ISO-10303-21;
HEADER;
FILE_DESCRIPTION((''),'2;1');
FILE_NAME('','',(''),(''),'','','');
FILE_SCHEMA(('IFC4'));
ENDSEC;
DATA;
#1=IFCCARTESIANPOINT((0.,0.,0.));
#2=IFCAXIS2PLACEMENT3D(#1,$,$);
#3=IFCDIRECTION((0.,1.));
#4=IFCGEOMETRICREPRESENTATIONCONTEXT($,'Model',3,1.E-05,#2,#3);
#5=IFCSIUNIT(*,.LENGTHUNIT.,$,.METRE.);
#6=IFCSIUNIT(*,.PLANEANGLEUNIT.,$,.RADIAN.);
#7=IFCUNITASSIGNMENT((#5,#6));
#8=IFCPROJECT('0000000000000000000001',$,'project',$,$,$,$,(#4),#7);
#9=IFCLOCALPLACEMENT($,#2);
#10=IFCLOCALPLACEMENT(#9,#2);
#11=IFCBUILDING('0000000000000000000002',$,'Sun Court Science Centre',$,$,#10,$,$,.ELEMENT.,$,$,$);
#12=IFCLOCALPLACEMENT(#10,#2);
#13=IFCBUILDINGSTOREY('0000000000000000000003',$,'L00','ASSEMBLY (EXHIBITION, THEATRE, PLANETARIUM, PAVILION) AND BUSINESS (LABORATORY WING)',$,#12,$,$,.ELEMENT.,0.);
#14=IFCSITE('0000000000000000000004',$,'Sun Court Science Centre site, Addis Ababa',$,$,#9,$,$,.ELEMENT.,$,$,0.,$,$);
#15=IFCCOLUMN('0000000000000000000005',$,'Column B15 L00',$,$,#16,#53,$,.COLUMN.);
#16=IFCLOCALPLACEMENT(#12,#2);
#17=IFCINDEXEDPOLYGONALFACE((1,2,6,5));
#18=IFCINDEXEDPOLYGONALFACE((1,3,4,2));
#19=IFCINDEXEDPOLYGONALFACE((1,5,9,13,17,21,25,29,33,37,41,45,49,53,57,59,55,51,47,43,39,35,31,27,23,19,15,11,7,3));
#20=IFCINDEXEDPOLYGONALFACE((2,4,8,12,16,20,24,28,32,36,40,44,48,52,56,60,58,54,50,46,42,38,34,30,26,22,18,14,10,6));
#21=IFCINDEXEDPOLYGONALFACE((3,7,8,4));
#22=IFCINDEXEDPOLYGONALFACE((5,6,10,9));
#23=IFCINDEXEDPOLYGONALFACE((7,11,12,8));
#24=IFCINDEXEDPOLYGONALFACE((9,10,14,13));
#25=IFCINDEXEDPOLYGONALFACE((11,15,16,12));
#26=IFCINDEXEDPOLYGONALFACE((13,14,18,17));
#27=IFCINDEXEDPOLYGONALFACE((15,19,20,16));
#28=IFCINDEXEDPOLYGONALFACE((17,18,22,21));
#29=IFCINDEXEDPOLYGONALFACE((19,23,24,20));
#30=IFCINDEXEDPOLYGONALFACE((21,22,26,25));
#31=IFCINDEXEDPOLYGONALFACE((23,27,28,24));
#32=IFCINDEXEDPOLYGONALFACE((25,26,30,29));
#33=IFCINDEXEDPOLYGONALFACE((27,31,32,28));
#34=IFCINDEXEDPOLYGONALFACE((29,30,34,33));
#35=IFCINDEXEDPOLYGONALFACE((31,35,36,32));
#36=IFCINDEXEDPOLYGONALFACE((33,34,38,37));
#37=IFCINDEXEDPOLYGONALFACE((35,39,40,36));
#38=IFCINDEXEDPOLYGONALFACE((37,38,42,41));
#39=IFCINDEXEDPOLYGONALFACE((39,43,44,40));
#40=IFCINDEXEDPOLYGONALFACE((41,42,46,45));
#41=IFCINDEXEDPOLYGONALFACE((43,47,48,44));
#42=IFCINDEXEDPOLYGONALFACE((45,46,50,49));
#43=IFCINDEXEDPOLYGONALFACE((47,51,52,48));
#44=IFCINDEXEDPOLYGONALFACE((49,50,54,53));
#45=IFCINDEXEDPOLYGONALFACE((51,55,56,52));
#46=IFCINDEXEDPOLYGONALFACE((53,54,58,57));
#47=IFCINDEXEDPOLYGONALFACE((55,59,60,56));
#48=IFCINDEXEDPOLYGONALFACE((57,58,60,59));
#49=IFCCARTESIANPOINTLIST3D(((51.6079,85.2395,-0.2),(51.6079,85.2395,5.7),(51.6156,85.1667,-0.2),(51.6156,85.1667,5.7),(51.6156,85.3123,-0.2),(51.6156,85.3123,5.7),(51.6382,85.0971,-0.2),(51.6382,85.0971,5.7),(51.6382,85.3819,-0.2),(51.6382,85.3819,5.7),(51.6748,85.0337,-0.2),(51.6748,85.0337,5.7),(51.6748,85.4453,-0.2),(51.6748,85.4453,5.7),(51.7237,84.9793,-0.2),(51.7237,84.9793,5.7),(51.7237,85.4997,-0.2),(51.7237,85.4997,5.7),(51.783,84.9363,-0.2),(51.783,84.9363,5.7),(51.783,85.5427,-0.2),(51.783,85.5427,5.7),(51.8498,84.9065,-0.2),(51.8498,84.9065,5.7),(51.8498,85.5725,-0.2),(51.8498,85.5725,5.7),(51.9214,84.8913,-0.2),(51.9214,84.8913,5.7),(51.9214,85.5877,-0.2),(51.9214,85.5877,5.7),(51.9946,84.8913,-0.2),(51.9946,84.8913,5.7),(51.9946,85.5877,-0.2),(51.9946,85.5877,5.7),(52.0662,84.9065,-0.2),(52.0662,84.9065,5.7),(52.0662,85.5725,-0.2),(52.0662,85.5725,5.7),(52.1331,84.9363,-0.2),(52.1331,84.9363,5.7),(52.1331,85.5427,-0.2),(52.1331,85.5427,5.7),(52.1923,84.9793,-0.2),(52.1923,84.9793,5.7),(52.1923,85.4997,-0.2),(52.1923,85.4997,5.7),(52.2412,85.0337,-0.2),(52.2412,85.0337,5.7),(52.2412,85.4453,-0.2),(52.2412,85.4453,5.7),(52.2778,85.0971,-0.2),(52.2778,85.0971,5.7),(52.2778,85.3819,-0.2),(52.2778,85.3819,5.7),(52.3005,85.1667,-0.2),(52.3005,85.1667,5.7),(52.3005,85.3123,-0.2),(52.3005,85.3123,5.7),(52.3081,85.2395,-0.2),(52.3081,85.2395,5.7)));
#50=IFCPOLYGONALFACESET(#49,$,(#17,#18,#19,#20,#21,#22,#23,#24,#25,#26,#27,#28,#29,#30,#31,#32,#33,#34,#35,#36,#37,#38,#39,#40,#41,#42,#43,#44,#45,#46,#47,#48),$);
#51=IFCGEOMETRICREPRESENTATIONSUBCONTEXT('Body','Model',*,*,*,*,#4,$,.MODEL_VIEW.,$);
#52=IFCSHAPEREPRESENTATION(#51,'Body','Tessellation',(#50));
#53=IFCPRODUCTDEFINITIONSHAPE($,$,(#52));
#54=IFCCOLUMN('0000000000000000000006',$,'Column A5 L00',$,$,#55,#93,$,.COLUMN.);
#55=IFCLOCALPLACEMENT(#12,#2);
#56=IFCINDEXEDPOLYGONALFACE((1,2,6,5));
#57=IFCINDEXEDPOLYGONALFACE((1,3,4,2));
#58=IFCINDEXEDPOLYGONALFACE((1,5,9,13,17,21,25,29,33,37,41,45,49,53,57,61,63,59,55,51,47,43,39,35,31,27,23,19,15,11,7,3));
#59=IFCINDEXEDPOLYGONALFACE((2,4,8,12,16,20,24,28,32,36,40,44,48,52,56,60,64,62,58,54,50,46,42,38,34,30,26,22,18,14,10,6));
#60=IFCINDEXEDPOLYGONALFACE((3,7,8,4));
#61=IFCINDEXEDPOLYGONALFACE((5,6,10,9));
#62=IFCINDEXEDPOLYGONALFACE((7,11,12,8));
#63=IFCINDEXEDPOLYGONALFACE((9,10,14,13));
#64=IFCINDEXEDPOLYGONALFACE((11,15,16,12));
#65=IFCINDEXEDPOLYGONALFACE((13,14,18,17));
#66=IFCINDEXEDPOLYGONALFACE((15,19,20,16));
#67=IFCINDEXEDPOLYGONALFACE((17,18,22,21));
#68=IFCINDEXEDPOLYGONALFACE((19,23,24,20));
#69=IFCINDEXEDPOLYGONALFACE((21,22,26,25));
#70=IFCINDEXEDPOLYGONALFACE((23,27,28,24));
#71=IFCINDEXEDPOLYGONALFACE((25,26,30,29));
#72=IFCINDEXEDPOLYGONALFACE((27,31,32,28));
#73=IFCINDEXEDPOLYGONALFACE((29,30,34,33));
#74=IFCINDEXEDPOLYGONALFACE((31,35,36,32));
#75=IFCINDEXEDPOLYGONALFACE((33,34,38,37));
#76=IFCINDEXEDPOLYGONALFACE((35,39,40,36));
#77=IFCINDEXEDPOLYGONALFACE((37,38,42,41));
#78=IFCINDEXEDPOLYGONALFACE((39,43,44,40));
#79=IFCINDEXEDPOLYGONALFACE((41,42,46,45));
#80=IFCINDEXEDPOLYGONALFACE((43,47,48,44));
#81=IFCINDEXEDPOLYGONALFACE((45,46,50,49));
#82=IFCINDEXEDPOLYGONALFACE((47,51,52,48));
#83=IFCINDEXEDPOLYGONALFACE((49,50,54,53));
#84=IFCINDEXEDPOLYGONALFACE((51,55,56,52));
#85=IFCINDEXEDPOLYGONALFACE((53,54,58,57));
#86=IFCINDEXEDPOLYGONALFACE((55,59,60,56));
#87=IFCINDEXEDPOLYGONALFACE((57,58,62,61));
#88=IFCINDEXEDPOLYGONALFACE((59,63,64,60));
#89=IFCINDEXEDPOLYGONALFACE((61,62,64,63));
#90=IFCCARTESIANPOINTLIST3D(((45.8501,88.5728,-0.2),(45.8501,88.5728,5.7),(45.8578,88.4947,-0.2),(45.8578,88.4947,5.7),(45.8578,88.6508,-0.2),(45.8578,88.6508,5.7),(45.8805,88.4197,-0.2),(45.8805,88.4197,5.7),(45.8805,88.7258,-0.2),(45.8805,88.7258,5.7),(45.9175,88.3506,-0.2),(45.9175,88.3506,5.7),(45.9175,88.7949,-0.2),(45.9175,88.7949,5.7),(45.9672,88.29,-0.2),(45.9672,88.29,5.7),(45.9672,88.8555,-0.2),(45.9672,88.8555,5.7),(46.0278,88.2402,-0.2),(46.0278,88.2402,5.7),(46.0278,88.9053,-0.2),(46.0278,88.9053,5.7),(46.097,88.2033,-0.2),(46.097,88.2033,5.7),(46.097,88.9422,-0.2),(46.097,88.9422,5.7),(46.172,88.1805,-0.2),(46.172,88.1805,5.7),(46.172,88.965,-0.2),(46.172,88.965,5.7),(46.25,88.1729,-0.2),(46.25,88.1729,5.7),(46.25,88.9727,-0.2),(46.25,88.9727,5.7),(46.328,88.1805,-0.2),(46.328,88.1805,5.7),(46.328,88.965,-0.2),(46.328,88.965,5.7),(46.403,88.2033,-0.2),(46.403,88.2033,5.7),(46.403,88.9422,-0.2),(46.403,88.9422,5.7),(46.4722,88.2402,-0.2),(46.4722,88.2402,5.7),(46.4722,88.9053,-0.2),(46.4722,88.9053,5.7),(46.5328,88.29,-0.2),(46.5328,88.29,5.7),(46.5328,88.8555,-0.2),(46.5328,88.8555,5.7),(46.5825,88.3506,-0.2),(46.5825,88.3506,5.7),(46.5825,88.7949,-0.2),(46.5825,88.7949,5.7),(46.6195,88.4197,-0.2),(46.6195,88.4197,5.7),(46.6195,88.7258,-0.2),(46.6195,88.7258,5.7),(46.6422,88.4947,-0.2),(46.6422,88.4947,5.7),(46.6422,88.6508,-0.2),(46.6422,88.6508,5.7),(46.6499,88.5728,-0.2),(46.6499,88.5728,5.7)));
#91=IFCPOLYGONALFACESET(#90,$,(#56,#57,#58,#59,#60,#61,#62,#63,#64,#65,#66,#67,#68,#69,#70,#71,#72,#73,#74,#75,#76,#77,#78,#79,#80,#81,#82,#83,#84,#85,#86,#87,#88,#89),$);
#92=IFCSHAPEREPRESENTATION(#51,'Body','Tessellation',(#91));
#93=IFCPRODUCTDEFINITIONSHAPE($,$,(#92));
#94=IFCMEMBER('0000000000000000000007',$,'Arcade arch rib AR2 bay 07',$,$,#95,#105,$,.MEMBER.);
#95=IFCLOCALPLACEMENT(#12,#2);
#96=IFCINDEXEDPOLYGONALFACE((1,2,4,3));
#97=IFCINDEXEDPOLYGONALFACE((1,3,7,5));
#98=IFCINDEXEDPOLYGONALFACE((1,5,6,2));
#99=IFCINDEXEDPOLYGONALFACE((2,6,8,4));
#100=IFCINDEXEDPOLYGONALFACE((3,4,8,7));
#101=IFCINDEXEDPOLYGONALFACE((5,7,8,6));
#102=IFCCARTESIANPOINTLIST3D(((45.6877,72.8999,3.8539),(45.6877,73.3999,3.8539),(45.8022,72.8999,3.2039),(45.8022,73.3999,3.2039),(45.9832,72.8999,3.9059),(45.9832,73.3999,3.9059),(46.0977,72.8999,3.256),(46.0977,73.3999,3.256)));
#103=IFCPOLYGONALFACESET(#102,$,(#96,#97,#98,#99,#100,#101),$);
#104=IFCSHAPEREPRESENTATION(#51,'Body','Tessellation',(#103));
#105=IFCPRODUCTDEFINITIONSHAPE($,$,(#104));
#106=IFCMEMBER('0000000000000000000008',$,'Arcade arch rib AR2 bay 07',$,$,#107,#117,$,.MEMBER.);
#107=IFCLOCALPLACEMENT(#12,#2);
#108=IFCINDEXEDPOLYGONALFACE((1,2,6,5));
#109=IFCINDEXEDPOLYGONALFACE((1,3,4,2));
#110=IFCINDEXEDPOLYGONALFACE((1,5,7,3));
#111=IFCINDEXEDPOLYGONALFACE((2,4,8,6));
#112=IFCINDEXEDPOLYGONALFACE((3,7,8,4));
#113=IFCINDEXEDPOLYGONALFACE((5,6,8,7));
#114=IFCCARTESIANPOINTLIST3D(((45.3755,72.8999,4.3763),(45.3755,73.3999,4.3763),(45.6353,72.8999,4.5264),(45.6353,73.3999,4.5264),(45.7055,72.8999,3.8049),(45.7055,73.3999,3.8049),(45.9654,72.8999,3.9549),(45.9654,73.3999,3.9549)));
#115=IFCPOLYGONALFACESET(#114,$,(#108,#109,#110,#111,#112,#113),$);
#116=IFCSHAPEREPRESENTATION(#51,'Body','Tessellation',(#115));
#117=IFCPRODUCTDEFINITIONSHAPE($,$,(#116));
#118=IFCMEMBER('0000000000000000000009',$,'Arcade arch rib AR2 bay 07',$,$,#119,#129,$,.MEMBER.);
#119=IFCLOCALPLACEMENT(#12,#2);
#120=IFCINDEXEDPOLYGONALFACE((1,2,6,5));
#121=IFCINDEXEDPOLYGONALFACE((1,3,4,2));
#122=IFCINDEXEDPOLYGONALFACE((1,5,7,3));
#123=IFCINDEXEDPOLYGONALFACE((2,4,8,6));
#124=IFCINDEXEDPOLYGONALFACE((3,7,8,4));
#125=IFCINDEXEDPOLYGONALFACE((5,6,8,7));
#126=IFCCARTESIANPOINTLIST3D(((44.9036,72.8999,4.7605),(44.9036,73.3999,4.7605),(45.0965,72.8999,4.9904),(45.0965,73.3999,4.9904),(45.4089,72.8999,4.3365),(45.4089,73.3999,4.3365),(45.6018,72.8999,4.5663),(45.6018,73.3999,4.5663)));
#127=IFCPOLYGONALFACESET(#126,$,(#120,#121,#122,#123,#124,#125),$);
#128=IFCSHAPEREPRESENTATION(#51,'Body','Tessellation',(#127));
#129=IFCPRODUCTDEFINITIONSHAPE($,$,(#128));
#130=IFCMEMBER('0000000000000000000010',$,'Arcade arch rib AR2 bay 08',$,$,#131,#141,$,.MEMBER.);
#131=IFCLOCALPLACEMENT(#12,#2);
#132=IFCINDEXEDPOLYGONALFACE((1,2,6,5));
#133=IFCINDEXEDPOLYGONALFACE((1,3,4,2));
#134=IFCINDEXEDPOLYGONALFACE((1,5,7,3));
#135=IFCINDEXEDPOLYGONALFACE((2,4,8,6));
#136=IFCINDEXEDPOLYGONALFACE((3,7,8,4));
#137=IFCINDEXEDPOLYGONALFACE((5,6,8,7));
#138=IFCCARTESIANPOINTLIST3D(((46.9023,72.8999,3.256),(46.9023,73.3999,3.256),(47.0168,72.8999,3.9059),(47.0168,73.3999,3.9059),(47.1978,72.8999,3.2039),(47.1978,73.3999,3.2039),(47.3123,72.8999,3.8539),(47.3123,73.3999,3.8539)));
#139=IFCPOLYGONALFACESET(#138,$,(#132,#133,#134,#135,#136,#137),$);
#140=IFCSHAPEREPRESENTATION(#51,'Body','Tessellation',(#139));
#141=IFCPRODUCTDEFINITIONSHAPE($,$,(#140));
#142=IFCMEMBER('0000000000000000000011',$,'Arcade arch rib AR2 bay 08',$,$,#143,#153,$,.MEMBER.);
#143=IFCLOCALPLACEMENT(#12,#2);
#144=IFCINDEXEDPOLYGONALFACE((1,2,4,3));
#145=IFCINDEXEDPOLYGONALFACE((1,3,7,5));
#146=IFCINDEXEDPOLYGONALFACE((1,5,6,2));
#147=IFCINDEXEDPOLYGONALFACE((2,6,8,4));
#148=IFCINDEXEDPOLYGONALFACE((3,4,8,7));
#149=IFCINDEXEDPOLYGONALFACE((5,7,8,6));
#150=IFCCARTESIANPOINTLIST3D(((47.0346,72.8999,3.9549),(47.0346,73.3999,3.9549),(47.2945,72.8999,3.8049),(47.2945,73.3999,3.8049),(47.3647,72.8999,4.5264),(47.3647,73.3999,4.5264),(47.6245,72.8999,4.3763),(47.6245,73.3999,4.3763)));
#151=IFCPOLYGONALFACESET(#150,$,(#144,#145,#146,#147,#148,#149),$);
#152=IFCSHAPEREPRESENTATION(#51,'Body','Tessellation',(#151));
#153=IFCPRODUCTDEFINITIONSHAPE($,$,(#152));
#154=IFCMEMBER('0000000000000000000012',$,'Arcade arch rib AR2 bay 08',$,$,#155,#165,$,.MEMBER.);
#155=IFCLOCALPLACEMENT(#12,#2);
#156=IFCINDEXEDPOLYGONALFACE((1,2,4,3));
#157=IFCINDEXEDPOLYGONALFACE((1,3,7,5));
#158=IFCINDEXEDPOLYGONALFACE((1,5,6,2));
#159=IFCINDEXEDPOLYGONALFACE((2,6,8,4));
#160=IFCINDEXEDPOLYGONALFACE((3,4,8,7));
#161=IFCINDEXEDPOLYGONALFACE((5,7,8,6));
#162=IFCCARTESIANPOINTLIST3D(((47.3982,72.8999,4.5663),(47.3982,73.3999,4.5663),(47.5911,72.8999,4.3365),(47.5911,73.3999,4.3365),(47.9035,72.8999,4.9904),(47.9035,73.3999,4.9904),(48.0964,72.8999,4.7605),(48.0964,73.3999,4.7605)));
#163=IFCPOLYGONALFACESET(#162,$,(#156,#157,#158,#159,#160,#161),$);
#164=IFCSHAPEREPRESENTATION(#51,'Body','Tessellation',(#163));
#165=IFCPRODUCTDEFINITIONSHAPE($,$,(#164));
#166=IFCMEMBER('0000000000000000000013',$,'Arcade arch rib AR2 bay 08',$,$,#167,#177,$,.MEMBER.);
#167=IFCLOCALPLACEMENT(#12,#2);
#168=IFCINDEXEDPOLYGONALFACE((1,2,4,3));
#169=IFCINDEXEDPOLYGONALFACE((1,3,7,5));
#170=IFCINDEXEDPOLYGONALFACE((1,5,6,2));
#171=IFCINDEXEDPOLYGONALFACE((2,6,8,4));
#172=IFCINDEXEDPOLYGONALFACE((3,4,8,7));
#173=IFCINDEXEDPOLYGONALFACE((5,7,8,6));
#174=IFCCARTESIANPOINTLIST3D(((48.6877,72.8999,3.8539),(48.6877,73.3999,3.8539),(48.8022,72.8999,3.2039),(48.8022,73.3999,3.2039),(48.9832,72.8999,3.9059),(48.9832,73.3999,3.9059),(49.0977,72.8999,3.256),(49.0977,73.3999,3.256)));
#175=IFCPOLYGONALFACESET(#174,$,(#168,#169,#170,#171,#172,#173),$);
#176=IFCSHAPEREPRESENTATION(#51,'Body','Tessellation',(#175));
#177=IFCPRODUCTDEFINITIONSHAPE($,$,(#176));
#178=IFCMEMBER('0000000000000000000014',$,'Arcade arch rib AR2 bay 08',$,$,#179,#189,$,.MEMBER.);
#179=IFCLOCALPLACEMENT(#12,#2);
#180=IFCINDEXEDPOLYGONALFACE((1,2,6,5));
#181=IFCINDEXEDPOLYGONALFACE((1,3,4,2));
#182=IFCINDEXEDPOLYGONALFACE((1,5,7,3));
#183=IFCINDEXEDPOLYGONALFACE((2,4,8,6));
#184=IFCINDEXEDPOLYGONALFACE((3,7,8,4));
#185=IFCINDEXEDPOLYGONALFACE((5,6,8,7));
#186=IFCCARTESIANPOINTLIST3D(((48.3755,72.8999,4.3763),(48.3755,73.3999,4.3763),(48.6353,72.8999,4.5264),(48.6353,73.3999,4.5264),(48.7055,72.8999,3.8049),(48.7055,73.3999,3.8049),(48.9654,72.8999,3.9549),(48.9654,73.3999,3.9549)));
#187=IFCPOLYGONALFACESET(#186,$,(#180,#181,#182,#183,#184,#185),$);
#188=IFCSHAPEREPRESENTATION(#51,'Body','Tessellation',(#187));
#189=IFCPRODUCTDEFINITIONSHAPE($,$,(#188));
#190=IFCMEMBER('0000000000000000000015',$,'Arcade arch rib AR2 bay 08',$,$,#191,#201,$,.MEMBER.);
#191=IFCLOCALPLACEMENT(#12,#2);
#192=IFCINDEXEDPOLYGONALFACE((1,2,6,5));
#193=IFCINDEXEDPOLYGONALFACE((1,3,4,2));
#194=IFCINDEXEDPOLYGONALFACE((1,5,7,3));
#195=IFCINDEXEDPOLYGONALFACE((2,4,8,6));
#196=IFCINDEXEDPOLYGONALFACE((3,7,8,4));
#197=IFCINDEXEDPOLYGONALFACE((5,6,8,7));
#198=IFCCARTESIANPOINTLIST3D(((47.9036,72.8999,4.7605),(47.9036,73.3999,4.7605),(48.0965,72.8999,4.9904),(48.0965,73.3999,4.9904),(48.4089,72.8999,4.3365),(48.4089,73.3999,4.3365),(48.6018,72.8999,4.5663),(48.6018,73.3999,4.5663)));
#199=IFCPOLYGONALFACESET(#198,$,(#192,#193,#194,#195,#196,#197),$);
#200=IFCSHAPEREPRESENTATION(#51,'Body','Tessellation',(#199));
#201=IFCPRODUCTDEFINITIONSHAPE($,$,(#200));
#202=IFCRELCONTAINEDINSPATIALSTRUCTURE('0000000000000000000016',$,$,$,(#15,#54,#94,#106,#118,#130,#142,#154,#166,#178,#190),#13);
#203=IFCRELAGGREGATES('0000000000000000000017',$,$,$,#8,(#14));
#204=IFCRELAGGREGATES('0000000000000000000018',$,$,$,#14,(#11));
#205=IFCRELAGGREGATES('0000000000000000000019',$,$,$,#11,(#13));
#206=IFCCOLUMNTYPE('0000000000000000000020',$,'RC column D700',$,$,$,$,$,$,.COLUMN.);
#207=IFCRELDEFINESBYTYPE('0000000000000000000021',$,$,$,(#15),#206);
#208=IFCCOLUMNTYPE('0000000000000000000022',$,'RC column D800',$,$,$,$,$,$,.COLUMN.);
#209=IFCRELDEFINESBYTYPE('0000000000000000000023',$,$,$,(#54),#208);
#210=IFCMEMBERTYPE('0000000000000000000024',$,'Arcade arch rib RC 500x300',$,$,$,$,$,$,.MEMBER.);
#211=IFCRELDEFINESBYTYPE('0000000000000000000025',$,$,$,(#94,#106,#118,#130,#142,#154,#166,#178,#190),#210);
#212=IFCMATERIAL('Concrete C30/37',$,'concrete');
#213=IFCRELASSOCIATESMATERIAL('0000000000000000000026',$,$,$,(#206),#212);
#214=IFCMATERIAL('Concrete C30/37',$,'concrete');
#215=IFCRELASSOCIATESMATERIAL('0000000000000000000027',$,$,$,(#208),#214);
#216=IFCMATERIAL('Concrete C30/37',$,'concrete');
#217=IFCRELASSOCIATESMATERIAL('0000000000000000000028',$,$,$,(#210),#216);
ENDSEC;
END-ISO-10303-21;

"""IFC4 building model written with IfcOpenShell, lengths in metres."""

from ifc_helpers import new_model, si_unit, direction, frame, origin, origin_2d, place, context, subcontext, project, spatial, rectangle, circle, extrude, material, material_profile, profile_set, type_object, element, save


model = new_model("IFC4")

# Units and contexts
model_context = context("Model", 3, precision=1e-05, world=origin(), true_north=direction((0.0, 1.0)))
body_context = subcontext(model_context, "Body", "Model", "MODEL_VIEW")
ifc_project = project(units=[si_unit("LENGTHUNIT", "METRE"), si_unit("PLANEANGLEUNIT", "RADIAN")], contexts=[model_context])

# Site, building, storey
site_placement = place(None, origin())
site = spatial("IfcSite", under=ifc_project, at=site_placement, Name="Sun Court Science Centre site, Addis Ababa", CompositionType="ELEMENT", RefElevation=0.0)
building_placement = place(site_placement, origin())
building = spatial("IfcBuilding", under=site, at=building_placement, Name="Sun Court Science Centre", CompositionType="ELEMENT")
storey_placement = place(building_placement, origin())
storey = spatial("IfcBuildingStorey", under=building, at=storey_placement, Name="L00", Description="ASSEMBLY (EXHIBITION, THEATRE, PLANETARIUM, PAVILION) AND BUSINESS (LABORATORY WING)", CompositionType="ELEMENT", Elevation=0.0)

# Columns
ifc_material_1 = material(Name="Concrete C30/37", Category="concrete")
ifc_material_profile_1 = material_profile(ifc_material_1, circle(Radius=0.3501, at=origin_2d()), Name="RC D700")
ifc_profile_set_1 = profile_set([ifc_material_profile_1], Name="Concrete C30/37")
column_type_1 = type_object("IfcColumnType", Name="RC column D700", PredefinedType="COLUMN", material=ifc_profile_set_1)
for number, where, z_axis, x_axis, name in (
    (1, (51.958, 85.2395, -0.2), (0.0, 0.0, 1.0), (1.0, 0.0, 0.0), "Column B15 L00"),
):
    element("IfcColumn", number, at=place(storey_placement, frame(where, z_axis=z_axis, x_axis=x_axis)), inside=storey, type_object=column_type_1, Name=name, PredefinedType="COLUMN", context=body_context, shape_type="SweptSolid", body=[
        extrude(circle(Radius=0.3501, at=origin_2d()), origin(), (0.0, 0.0, 1.0), 5.8999),
    ])
ifc_material_2 = material(Name="Concrete C30/37", Category="concrete")
ifc_material_profile_2 = material_profile(ifc_material_2, circle(Radius=0.3999, at=origin_2d()), Name="RC D800")
ifc_profile_set_2 = profile_set([ifc_material_profile_2], Name="Concrete C30/37")
column_type_2 = type_object("IfcColumnType", Name="RC column D800", PredefinedType="COLUMN", material=ifc_profile_set_2)
column_placement = place(storey_placement, frame((46.25, 88.5728, -0.2), z_axis=(0.0, 0.0, 1.0), x_axis=(1.0, 0.0, 0.0)))
element("IfcColumn", 2, at=column_placement, inside=storey, type_object=column_type_2, Name="Column A5 L00", PredefinedType="COLUMN", context=body_context, shape_type="SweptSolid", body=[
    extrude(circle(Radius=0.3999, at=origin_2d()), origin(), (0.0, 0.0, 1.0), 5.8999),
])

# Members
ifc_material_3 = material(Name="Concrete C30/37", Category="concrete")
ifc_material_profile_3 = material_profile(ifc_material_3, rectangle(XDim=0.5, YDim=0.3, at=origin_2d()), Name="RC 500x300")
ifc_profile_set_3 = profile_set([ifc_material_profile_3], Name="Concrete C30/37")
member_type = type_object("IfcMemberType", Name="Arcade arch rib RC 500x300", PredefinedType="MEMBER", material=ifc_profile_set_3)
for number, where, z_axis, x_axis, name in (
    (3, (45.95, 73.1499, 3.23), (-0.173511, 0.0, 0.984832), (0.0, -1.0, 0.0), "Arcade arch rib AR2 bay 07"),
    (4, (45.8354, 73.1499, 3.8799), (-0.500117, 0.0, 0.865958), (0.0, -1.0, 0.0), "Arcade arch rib AR2 bay 07"),
):
    element("IfcMember", number, at=place(storey_placement, frame(where, z_axis=z_axis, x_axis=x_axis)), inside=storey, type_object=member_type, Name=name, PredefinedType="MEMBER", context=body_context, shape_type="SweptSolid", body=[
        extrude(rectangle(XDim=0.5, YDim=0.3, at=origin_2d()), origin(), (0.0, 0.0, 1.0), 0.6599),
    ])
member_1_placement = place(storey_placement, frame((45.5054, 73.1499, 4.4514), z_axis=(-0.766033, 0.0, 0.642801), x_axis=(0.0, -1.0, 0.0)))
element("IfcMember", 5, at=member_1_placement, inside=storey, type_object=member_type, Name="Arcade arch rib AR2 bay 07", PredefinedType="MEMBER", context=body_context, shape_type="SweptSolid", body=[
    extrude(rectangle(XDim=0.5, YDim=0.3, at=origin_2d()), origin(), (0.0, 0.0, 1.0), 0.6597),
])
for number, where, z_axis, x_axis, name in (
    (6, (47.05, 73.1499, 3.23), (0.173511, 0.0, 0.984832), (0.0, 1.0, 0.0), "Arcade arch rib AR2 bay 08"),
    (7, (47.1646, 73.1499, 3.8799), (0.500117, 0.0, 0.865958), (0.0, 1.0, 0.0), "Arcade arch rib AR2 bay 08"),
):
    element("IfcMember", number, at=place(storey_placement, frame(where, z_axis=z_axis, x_axis=x_axis)), inside=storey, type_object=member_type, Name=name, PredefinedType="MEMBER", context=body_context, shape_type="SweptSolid", body=[
        extrude(rectangle(XDim=0.5, YDim=0.3, at=origin_2d()), origin(), (0.0, 0.0, 1.0), 0.6599),
    ])
member_2_placement = place(storey_placement, frame((47.4946, 73.1499, 4.4514), z_axis=(0.766033, 0.0, 0.642801), x_axis=(0.0, 1.0, 0.0)))
element("IfcMember", 8, at=member_2_placement, inside=storey, type_object=member_type, Name="Arcade arch rib AR2 bay 08", PredefinedType="MEMBER", context=body_context, shape_type="SweptSolid", body=[
    extrude(rectangle(XDim=0.5, YDim=0.3, at=origin_2d()), origin(), (0.0, 0.0, 1.0), 0.6597),
])
for number, where, z_axis, x_axis, name in (
    (9, (48.95, 73.1499, 3.23), (-0.173511, 0.0, 0.984832), (0.0, -1.0, 0.0), "Arcade arch rib AR2 bay 08"),
    (10, (48.8354, 73.1499, 3.8799), (-0.500117, 0.0, 0.865958), (0.0, -1.0, 0.0), "Arcade arch rib AR2 bay 08"),
):
    element("IfcMember", number, at=place(storey_placement, frame(where, z_axis=z_axis, x_axis=x_axis)), inside=storey, type_object=member_type, Name=name, PredefinedType="MEMBER", context=body_context, shape_type="SweptSolid", body=[
        extrude(rectangle(XDim=0.5, YDim=0.3, at=origin_2d()), origin(), (0.0, 0.0, 1.0), 0.6599),
    ])
member_3_placement = place(storey_placement, frame((48.5054, 73.1499, 4.4514), z_axis=(-0.766033, 0.0, 0.642801), x_axis=(0.0, -1.0, 0.0)))
element("IfcMember", 11, at=member_3_placement, inside=storey, type_object=member_type, Name="Arcade arch rib AR2 bay 08", PredefinedType="MEMBER", context=body_context, shape_type="SweptSolid", body=[
    extrude(rectangle(XDim=0.5, YDim=0.3, at=origin_2d()), origin(), (0.0, 0.0, 1.0), 0.6597),
])

save(model, "model.ifc")
